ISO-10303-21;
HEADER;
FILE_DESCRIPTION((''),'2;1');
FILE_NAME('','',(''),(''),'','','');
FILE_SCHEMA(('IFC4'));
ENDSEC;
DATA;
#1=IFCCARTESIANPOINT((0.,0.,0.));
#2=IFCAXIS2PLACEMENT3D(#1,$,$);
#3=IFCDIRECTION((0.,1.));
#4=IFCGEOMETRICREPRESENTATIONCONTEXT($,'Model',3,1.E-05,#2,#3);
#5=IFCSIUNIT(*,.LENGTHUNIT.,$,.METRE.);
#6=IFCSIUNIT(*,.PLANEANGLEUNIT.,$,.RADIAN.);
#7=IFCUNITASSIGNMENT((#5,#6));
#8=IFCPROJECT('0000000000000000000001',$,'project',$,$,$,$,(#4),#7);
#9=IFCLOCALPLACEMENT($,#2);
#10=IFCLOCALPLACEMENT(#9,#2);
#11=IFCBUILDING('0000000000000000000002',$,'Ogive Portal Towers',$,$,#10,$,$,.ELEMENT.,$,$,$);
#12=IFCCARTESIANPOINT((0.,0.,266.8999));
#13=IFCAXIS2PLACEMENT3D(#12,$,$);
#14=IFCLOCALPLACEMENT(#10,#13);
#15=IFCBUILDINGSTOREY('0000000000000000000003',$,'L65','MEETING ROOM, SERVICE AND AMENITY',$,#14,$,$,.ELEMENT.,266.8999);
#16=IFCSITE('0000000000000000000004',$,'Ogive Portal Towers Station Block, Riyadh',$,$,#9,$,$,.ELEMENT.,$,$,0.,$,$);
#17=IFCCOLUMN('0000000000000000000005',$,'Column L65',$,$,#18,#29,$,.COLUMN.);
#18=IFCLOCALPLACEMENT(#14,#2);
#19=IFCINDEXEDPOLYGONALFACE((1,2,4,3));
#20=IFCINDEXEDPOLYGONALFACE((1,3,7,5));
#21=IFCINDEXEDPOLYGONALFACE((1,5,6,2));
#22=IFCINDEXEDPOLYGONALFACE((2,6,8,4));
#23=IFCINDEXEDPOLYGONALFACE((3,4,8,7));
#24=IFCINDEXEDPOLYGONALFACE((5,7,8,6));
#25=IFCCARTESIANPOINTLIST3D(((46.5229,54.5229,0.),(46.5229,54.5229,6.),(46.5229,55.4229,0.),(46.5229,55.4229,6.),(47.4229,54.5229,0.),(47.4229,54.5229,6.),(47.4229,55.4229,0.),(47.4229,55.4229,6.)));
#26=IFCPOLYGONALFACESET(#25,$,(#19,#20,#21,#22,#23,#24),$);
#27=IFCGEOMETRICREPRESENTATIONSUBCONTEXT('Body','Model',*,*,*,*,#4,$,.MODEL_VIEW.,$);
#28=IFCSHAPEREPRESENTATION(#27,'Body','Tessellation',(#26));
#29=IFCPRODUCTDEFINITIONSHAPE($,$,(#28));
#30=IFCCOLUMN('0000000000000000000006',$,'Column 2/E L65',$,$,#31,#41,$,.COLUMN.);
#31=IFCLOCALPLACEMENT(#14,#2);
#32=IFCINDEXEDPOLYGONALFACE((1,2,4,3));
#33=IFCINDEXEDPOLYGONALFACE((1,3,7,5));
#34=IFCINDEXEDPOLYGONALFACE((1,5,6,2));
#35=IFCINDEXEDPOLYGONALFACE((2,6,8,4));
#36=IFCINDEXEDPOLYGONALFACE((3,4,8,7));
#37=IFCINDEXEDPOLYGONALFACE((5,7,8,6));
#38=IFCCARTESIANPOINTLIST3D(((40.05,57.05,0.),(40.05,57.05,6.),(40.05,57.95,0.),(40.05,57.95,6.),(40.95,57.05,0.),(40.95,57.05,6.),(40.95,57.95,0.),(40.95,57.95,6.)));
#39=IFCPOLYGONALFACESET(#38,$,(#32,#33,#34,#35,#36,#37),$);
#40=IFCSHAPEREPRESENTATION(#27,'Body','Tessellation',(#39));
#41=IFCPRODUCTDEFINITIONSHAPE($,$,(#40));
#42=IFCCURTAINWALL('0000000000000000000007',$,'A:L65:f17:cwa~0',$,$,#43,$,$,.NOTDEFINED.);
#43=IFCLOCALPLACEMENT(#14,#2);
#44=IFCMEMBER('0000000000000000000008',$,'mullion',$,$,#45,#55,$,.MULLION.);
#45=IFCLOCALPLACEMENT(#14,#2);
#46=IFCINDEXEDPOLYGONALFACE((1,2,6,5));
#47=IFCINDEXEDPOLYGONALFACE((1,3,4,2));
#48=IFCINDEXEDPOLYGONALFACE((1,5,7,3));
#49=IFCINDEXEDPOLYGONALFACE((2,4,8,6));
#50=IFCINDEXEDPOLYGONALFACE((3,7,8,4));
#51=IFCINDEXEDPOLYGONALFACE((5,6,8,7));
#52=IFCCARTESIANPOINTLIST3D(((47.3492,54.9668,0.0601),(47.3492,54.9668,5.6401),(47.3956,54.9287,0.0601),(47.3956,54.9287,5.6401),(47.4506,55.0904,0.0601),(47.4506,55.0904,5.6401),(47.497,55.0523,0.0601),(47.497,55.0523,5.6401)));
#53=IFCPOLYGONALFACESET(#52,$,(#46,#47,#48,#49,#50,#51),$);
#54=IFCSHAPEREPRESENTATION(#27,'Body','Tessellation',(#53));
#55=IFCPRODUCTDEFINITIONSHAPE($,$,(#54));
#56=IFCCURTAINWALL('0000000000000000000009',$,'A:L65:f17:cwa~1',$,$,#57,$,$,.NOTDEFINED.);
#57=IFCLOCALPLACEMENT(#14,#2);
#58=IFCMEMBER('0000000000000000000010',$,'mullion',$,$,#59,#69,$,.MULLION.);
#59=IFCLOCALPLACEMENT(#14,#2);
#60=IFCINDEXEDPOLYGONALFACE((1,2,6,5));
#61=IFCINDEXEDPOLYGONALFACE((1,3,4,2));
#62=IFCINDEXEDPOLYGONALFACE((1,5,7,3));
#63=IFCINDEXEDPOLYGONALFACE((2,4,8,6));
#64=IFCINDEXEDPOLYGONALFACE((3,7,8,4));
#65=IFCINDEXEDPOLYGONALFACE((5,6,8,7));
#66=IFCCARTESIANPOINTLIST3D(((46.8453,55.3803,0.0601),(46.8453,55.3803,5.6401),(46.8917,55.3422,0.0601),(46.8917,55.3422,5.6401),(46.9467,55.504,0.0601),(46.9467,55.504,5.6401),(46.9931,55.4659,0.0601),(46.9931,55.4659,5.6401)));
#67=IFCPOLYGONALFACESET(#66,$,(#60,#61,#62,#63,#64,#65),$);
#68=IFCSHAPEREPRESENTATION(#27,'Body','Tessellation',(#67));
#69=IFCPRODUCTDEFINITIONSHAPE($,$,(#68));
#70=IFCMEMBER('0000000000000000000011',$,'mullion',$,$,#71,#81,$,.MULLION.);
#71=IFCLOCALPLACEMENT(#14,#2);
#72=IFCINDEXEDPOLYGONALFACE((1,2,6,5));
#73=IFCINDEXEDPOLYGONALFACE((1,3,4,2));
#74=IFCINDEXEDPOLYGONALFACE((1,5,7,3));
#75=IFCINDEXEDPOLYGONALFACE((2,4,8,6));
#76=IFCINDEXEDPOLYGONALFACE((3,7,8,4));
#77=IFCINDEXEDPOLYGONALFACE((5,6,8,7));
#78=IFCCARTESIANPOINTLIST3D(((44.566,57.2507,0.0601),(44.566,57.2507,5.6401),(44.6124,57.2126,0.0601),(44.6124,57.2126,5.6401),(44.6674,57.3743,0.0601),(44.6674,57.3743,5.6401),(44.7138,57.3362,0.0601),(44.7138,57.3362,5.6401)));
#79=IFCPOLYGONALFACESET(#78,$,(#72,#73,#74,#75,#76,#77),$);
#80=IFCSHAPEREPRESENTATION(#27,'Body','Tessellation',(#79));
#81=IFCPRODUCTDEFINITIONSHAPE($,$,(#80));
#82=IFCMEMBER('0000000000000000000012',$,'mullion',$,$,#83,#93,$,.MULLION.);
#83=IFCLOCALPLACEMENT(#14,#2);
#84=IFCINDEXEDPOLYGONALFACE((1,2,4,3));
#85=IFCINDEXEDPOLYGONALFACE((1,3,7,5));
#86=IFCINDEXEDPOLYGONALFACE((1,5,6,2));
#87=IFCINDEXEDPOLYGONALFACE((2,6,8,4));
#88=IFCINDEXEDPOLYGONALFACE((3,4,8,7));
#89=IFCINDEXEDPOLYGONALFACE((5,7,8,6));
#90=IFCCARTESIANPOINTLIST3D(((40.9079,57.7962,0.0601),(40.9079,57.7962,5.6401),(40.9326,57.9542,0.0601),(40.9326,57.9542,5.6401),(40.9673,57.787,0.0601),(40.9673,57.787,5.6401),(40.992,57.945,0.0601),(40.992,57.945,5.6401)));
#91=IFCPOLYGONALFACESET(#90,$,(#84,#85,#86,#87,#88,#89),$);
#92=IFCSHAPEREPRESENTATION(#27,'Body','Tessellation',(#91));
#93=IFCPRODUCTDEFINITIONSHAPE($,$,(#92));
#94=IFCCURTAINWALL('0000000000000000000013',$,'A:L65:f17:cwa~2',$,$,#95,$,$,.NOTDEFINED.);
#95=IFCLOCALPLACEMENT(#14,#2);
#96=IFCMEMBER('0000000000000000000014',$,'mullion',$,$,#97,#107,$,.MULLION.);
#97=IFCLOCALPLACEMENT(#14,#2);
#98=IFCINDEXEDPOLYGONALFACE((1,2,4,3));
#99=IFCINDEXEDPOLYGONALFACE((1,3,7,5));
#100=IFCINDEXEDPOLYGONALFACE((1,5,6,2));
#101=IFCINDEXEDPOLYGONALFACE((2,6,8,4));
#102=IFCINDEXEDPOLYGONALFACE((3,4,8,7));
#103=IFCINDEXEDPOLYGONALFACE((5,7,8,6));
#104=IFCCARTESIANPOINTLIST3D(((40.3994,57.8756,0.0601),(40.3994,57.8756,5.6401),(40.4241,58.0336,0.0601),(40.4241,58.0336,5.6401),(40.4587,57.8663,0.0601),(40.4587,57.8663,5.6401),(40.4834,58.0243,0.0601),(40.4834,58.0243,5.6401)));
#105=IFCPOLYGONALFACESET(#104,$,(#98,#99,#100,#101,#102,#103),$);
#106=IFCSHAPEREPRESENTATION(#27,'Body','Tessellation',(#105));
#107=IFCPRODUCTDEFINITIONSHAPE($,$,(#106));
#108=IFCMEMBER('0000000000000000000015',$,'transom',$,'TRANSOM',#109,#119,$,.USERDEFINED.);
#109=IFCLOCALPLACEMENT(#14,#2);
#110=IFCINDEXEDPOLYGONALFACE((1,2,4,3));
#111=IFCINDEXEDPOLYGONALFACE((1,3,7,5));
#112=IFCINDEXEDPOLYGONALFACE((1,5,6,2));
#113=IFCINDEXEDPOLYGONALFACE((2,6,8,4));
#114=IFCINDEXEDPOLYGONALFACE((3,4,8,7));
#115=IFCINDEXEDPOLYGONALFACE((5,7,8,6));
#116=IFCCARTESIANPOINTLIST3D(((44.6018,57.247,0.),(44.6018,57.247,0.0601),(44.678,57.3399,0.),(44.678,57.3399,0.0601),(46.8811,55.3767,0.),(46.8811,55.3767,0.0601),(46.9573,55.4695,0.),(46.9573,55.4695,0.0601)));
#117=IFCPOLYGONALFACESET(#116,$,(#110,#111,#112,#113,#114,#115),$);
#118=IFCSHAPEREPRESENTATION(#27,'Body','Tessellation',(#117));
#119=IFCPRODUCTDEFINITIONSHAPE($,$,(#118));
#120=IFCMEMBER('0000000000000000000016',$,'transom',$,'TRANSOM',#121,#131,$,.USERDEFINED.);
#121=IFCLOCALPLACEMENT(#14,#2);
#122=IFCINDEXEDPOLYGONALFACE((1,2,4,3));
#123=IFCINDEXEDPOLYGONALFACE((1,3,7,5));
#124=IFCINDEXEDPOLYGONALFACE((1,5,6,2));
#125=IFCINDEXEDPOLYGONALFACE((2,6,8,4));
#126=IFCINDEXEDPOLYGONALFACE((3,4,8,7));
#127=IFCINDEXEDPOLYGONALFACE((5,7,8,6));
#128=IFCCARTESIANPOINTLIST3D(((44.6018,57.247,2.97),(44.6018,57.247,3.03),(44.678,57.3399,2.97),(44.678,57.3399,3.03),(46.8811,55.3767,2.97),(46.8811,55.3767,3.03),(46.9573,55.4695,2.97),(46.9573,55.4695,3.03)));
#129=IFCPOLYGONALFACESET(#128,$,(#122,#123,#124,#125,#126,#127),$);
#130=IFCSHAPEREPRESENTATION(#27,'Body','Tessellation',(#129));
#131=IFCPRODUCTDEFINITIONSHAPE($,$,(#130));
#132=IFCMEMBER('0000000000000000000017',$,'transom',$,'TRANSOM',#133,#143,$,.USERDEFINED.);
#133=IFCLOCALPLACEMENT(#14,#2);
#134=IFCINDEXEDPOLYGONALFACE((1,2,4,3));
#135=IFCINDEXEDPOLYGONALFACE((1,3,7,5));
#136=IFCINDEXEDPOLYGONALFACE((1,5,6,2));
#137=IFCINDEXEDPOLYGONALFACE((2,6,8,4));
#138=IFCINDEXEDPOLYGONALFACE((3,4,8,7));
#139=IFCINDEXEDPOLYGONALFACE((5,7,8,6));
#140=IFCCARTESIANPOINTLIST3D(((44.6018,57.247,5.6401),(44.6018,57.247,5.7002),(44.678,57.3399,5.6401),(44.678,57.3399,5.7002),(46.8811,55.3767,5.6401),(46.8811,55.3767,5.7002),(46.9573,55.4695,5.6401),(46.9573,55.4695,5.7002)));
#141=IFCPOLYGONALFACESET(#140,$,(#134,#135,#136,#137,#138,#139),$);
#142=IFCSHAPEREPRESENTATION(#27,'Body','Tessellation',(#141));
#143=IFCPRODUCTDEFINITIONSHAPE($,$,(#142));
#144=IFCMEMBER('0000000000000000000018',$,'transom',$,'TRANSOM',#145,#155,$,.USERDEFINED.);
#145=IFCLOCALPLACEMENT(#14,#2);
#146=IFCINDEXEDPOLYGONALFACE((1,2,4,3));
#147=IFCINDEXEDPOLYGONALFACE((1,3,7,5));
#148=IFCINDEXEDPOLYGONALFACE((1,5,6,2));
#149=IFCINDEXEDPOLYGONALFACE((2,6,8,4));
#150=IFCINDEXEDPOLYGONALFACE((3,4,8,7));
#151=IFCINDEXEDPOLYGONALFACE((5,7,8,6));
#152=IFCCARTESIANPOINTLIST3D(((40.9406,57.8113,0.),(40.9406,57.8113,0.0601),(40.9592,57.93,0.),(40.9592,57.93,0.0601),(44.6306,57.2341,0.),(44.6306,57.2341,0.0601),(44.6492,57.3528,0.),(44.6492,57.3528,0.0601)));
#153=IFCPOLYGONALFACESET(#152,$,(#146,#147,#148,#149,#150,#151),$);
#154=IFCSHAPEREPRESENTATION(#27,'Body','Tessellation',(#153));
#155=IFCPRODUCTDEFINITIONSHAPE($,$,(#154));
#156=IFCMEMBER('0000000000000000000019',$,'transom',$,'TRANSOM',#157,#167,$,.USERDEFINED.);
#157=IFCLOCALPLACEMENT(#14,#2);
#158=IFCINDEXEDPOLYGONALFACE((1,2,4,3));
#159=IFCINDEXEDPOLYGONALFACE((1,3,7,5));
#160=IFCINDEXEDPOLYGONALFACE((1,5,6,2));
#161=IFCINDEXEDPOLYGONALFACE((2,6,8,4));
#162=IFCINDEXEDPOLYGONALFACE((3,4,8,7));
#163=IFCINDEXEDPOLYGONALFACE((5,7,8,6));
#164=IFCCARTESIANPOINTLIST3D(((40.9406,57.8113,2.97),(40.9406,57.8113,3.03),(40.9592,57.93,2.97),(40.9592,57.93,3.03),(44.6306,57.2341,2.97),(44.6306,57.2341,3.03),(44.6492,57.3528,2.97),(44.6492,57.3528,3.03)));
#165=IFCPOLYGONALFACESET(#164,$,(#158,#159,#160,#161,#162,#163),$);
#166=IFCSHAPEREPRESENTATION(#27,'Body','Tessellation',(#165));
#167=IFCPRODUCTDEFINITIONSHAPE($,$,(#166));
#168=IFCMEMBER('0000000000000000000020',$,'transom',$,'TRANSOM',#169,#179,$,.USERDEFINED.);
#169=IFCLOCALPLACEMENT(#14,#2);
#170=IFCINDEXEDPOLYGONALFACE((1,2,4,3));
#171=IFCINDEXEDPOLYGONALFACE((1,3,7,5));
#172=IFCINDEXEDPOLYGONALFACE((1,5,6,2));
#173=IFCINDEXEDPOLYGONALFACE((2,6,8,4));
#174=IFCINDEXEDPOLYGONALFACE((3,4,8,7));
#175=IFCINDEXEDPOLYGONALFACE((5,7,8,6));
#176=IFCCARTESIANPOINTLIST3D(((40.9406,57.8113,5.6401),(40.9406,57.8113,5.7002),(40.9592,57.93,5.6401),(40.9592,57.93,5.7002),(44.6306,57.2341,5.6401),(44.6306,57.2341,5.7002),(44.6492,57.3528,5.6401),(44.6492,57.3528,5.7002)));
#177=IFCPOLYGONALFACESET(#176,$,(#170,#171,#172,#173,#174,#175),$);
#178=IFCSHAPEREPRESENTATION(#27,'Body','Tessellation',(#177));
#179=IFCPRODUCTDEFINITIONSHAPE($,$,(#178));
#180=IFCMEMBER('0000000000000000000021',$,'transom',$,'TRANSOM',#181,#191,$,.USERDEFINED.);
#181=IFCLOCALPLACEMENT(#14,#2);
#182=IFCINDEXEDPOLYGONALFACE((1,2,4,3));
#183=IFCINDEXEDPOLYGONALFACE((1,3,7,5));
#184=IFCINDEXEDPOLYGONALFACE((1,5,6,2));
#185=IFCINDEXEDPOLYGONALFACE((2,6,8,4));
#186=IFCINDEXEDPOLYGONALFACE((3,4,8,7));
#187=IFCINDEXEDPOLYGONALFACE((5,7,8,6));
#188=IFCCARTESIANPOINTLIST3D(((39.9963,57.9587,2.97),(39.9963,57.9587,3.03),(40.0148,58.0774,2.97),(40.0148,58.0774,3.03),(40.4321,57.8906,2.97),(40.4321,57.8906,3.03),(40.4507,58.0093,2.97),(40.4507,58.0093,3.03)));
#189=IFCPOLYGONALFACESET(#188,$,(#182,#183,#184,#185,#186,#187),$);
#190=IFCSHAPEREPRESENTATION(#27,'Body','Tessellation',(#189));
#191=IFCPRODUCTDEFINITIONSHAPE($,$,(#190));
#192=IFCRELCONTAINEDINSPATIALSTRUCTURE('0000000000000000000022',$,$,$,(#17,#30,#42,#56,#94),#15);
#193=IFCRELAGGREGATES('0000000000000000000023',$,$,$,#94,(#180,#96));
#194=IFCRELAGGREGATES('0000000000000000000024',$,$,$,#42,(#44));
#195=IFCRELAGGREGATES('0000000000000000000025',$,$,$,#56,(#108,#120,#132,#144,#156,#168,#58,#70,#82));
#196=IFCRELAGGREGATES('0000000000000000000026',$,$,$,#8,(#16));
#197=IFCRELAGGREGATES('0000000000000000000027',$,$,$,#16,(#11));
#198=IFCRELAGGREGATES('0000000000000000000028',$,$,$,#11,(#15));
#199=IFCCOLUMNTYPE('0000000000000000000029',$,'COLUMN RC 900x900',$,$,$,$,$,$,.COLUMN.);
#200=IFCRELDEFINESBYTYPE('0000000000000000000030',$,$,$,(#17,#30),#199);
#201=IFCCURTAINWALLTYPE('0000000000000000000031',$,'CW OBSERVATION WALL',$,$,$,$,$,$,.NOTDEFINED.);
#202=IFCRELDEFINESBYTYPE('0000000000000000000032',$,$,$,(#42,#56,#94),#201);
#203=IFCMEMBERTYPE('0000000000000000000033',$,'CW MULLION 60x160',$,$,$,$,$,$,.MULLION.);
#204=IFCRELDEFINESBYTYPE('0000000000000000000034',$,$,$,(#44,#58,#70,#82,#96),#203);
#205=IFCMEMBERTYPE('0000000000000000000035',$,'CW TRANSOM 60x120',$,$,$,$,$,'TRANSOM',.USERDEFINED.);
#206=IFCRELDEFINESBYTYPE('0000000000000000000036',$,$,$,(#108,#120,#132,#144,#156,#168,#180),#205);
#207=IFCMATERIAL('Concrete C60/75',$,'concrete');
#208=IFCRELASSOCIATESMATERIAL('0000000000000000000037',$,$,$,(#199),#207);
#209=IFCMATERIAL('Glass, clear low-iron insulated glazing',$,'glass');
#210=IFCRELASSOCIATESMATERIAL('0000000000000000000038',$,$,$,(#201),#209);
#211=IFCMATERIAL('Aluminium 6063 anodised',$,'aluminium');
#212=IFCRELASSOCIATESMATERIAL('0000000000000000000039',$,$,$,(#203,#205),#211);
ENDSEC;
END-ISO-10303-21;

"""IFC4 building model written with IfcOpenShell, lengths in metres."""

from ifc_helpers import new_model, si_unit, direction, frame, origin, origin_2d, place, context, subcontext, project, spatial, rectangle, extrude, material, material_profile, profile_set, type_object, element, aggregate, save


model = new_model("IFC4")

# Units and contexts
model_context = context("Model", 3, precision=1e-05, world=origin(), true_north=direction((0.0, 1.0)))
body_context = subcontext(model_context, "Body", "Model", "MODEL_VIEW")
ifc_project = project(units=[si_unit("LENGTHUNIT", "METRE"), si_unit("PLANEANGLEUNIT", "RADIAN")], contexts=[model_context])

# Site, building, storey
site_placement = place(None, origin())
site = spatial("IfcSite", under=ifc_project, at=site_placement, Name="Ogive Portal Towers Station Block, Riyadh", CompositionType="ELEMENT", RefElevation=0.0)
building_placement = place(site_placement, origin())
building = spatial("IfcBuilding", under=site, at=building_placement, Name="Ogive Portal Towers", CompositionType="ELEMENT")
storey_placement = place(building_placement, frame((0.0, 0.0, 266.8999)))
storey = spatial("IfcBuildingStorey", under=building, at=storey_placement, Name="L65", Description="MEETING ROOM, SERVICE AND AMENITY", CompositionType="ELEMENT", Elevation=266.8999)

# Columns
ifc_material_1 = material(Name="Concrete C60/75", Category="concrete")
ifc_material_profile_1 = material_profile(ifc_material_1, rectangle(XDim=0.8999, YDim=0.8999, at=origin_2d()), Name="RC 900x900")
ifc_profile_set_1 = profile_set([ifc_material_profile_1], Name="Concrete C60/75")
column_type = type_object("IfcColumnType", Name="COLUMN RC 900x900", PredefinedType="COLUMN", material=ifc_profile_set_1)
for number, where, z_axis, x_axis, name in (
    (1, (46.9729, 54.9729, 0.0), (0.0, 0.0, 1.0), (1.0, 0.0, 0.0), "Column L65"),
    (2, (40.5, 57.5, 0.0), (0.0, 0.0, 1.0), (1.0, 0.0, 0.0), "Column 2/E L65"),
):
    element("IfcColumn", number, at=place(storey_placement, frame(where, z_axis=z_axis, x_axis=x_axis)), inside=storey, type_object=column_type, Name=name, PredefinedType="COLUMN", context=body_context, shape_type="SweptSolid", body=[
        extrude(rectangle(XDim=0.8999, YDim=0.8999, at=origin_2d()), origin(), (0.0, 0.0, 1.0), 6.0),
    ])

# Curtain wall, member
ifc_material_2 = material(Name="Glass, clear low-iron insulated glazing", Category="glass")
curtain_wall_type = type_object("IfcCurtainWallType", Name="CW OBSERVATION WALL", PredefinedType="NOTDEFINED", material=ifc_material_2)
curtain_wall_1_placement = place(storey_placement, origin())
curtain_wall_1 = element("IfcCurtainWall", 3, at=curtain_wall_1_placement, inside=storey, type_object=curtain_wall_type, Name="A:L65:f17:cwa~0", PredefinedType="NOTDEFINED")
ifc_material_3 = material(Name="Aluminium 6063 anodised", Category="aluminium")
ifc_material_profile_2 = material_profile(ifc_material_3, rectangle(XDim=0.1599, YDim=0.0601, at=origin_2d()), Name="AL 60x160")
ifc_profile_set_2 = profile_set([ifc_material_profile_2], Name="Aluminium 6063 anodised")
member_type_1 = type_object("IfcMemberType", Name="CW MULLION 60x160", PredefinedType="MULLION", material=ifc_profile_set_2)
member_1_placement = place(storey_placement, frame((47.4231, 55.0095, 0.0601), z_axis=(0.0, 0.0, 1.0), x_axis=(-0.634393, -0.77301, 0.0)))
member_1 = element("IfcMember", 4, at=member_1_placement, type_object=member_type_1, Name="mullion", PredefinedType="MULLION", context=body_context, shape_type="SweptSolid", body=[
    extrude(rectangle(XDim=0.1599, YDim=0.0601, at=origin_2d()), origin(), (0.0, 0.0, 1.0), 5.5801),
])

# Curtain wall, members
curtain_wall_2_placement = place(storey_placement, origin())
curtain_wall_2 = element("IfcCurtainWall", 5, at=curtain_wall_2_placement, inside=storey, type_object=curtain_wall_type, Name="A:L65:f17:cwa~1", PredefinedType="NOTDEFINED")
member_2_placement = place(storey_placement, frame((46.9192, 55.4231, 0.0601), z_axis=(0.0, 0.0, 1.0), x_axis=(-0.634393, -0.77301, 0.0)))
member_2 = element("IfcMember", 6, at=member_2_placement, type_object=member_type_1, Name="mullion", PredefinedType="MULLION", context=body_context, shape_type="SweptSolid", body=[
    extrude(rectangle(XDim=0.1599, YDim=0.0601, at=origin_2d()), origin(), (0.0, 0.0, 1.0), 5.5801),
])
member_3_placement = place(storey_placement, frame((44.6399, 57.2935, 0.0601), z_axis=(0.0, 0.0, 1.0), x_axis=(-0.634393, -0.77301, 0.0)))
member_3 = element("IfcMember", 7, at=member_3_placement, type_object=member_type_1, Name="mullion", PredefinedType="MULLION", context=body_context, shape_type="SweptSolid", body=[
    extrude(rectangle(XDim=0.1599, YDim=0.0601, at=origin_2d()), origin(), (0.0, 0.0, 1.0), 5.5801),
])
member_4_placement = place(storey_placement, frame((40.95, 57.8706, 0.0601), z_axis=(0.0, 0.0, 1.0), x_axis=(-0.154476, -0.987997, 0.0)))
member_4 = element("IfcMember", 8, at=member_4_placement, type_object=member_type_1, Name="mullion", PredefinedType="MULLION", context=body_context, shape_type="SweptSolid", body=[
    extrude(rectangle(XDim=0.1599, YDim=0.0601, at=origin_2d()), origin(), (0.0, 0.0, 1.0), 5.5801),
])

# Curtain wall, member
curtain_wall_3_placement = place(storey_placement, origin())
curtain_wall_3 = element("IfcCurtainWall", 9, at=curtain_wall_3_placement, inside=storey, type_object=curtain_wall_type, Name="A:L65:f17:cwa~2", PredefinedType="NOTDEFINED")
member_5_placement = place(storey_placement, frame((40.4414, 57.95, 0.0601), z_axis=(0.0, 0.0, 1.0), x_axis=(-0.154476, -0.987997, 0.0)))
member_5 = element("IfcMember", 10, at=member_5_placement, type_object=member_type_1, Name="mullion", PredefinedType="MULLION", context=body_context, shape_type="SweptSolid", body=[
    extrude(rectangle(XDim=0.1599, YDim=0.0601, at=origin_2d()), origin(), (0.0, 0.0, 1.0), 5.5801),
])

# Members
ifc_material_profile_3 = material_profile(ifc_material_3, rectangle(XDim=0.1201, YDim=0.0601, at=origin_2d()), Name="AL 120x60")
ifc_profile_set_3 = profile_set([ifc_material_profile_3], Name="Aluminium 6063 anodised")
member_type_2 = type_object("IfcMemberType", Name="CW TRANSOM 60x120", ElementType="TRANSOM", PredefinedType="USERDEFINED", material=ifc_profile_set_3)
member_6_placement = place(storey_placement, frame((46.9192, 55.4231, 0.03), z_axis=(-0.773045, 0.634351, 0.0), x_axis=(-0.634351, -0.773045, 0.0)))
member_6 = element("IfcMember", 11, at=member_6_placement, type_object=member_type_2, Name="transom", ObjectType="TRANSOM", PredefinedType="USERDEFINED", context=body_context, shape_type="SweptSolid", body=[
    extrude(rectangle(XDim=0.1201, YDim=0.0601, at=origin_2d()), origin(), (0.0, 0.0, 1.0), 2.9485),
])
member_7_placement = place(storey_placement, frame((46.9192, 55.4231, 3.0), z_axis=(-0.773045, 0.634351, 0.0), x_axis=(-0.634351, -0.773045, 0.0)))
member_7 = element("IfcMember", 12, at=member_7_placement, type_object=member_type_2, Name="transom", ObjectType="TRANSOM", PredefinedType="USERDEFINED", context=body_context, shape_type="SweptSolid", body=[
    extrude(rectangle(XDim=0.1201, YDim=0.0601, at=origin_2d()), origin(), (0.0, 0.0, 1.0), 2.9485),
])
member_8_placement = place(storey_placement, frame((46.9192, 55.4231, 5.6702), z_axis=(-0.773045, 0.634351, 0.0), x_axis=(-0.634351, -0.773045, 0.0)))
member_8 = element("IfcMember", 13, at=member_8_placement, type_object=member_type_2, Name="transom", ObjectType="TRANSOM", PredefinedType="USERDEFINED", context=body_context, shape_type="SweptSolid", body=[
    extrude(rectangle(XDim=0.1201, YDim=0.0601, at=origin_2d()), origin(), (0.0, 0.0, 1.0), 2.9485),
])
member_9_placement = place(storey_placement, frame((44.6399, 57.2935, 0.03), z_axis=(-0.987988, 0.154532, 0.0), x_axis=(-0.154532, -0.987988, 0.0)))
member_9 = element("IfcMember", 14, at=member_9_placement, type_object=member_type_2, Name="transom", ObjectType="TRANSOM", PredefinedType="USERDEFINED", context=body_context, shape_type="SweptSolid", body=[
    extrude(rectangle(XDim=0.1201, YDim=0.0601, at=origin_2d()), origin(), (0.0, 0.0, 1.0), 3.7349),
])
member_10_placement = place(storey_placement, frame((44.6399, 57.2935, 3.0), z_axis=(-0.987988, 0.154532, 0.0), x_axis=(-0.154532, -0.987988, 0.0)))
member_10 = element("IfcMember", 15, at=member_10_placement, type_object=member_type_2, Name="transom", ObjectType="TRANSOM", PredefinedType="USERDEFINED", context=body_context, shape_type="SweptSolid", body=[
    extrude(rectangle(XDim=0.1201, YDim=0.0601, at=origin_2d()), origin(), (0.0, 0.0, 1.0), 3.7349),
])
member_11_placement = place(storey_placement, frame((44.6399, 57.2935, 5.6702), z_axis=(-0.987988, 0.154532, 0.0), x_axis=(-0.154532, -0.987988, 0.0)))
member_11 = element("IfcMember", 16, at=member_11_placement, type_object=member_type_2, Name="transom", ObjectType="TRANSOM", PredefinedType="USERDEFINED", context=body_context, shape_type="SweptSolid", body=[
    extrude(rectangle(XDim=0.1201, YDim=0.0601, at=origin_2d()), origin(), (0.0, 0.0, 1.0), 3.7349),
])
member_12_placement = place(storey_placement, frame((40.4414, 57.95, 3.0), z_axis=(-0.988004, 0.154428, 0.0), x_axis=(-0.154428, -0.988004, 0.0)))
member_12 = element("IfcMember", 17, at=member_12_placement, type_object=member_type_2, Name="transom", ObjectType="TRANSOM", PredefinedType="USERDEFINED", context=body_context, shape_type="SweptSolid", body=[
    extrude(rectangle(XDim=0.1201, YDim=0.0601, at=origin_2d()), origin(), (0.0, 0.0, 1.0), 0.4412),
])
aggregate(curtain_wall_3, [member_12, member_5])

aggregate(curtain_wall_1, [member_1])
aggregate(curtain_wall_2, [member_6, member_7, member_8, member_9, member_10, member_11, member_2, member_3, member_4])

save(model, "model.ifc")
